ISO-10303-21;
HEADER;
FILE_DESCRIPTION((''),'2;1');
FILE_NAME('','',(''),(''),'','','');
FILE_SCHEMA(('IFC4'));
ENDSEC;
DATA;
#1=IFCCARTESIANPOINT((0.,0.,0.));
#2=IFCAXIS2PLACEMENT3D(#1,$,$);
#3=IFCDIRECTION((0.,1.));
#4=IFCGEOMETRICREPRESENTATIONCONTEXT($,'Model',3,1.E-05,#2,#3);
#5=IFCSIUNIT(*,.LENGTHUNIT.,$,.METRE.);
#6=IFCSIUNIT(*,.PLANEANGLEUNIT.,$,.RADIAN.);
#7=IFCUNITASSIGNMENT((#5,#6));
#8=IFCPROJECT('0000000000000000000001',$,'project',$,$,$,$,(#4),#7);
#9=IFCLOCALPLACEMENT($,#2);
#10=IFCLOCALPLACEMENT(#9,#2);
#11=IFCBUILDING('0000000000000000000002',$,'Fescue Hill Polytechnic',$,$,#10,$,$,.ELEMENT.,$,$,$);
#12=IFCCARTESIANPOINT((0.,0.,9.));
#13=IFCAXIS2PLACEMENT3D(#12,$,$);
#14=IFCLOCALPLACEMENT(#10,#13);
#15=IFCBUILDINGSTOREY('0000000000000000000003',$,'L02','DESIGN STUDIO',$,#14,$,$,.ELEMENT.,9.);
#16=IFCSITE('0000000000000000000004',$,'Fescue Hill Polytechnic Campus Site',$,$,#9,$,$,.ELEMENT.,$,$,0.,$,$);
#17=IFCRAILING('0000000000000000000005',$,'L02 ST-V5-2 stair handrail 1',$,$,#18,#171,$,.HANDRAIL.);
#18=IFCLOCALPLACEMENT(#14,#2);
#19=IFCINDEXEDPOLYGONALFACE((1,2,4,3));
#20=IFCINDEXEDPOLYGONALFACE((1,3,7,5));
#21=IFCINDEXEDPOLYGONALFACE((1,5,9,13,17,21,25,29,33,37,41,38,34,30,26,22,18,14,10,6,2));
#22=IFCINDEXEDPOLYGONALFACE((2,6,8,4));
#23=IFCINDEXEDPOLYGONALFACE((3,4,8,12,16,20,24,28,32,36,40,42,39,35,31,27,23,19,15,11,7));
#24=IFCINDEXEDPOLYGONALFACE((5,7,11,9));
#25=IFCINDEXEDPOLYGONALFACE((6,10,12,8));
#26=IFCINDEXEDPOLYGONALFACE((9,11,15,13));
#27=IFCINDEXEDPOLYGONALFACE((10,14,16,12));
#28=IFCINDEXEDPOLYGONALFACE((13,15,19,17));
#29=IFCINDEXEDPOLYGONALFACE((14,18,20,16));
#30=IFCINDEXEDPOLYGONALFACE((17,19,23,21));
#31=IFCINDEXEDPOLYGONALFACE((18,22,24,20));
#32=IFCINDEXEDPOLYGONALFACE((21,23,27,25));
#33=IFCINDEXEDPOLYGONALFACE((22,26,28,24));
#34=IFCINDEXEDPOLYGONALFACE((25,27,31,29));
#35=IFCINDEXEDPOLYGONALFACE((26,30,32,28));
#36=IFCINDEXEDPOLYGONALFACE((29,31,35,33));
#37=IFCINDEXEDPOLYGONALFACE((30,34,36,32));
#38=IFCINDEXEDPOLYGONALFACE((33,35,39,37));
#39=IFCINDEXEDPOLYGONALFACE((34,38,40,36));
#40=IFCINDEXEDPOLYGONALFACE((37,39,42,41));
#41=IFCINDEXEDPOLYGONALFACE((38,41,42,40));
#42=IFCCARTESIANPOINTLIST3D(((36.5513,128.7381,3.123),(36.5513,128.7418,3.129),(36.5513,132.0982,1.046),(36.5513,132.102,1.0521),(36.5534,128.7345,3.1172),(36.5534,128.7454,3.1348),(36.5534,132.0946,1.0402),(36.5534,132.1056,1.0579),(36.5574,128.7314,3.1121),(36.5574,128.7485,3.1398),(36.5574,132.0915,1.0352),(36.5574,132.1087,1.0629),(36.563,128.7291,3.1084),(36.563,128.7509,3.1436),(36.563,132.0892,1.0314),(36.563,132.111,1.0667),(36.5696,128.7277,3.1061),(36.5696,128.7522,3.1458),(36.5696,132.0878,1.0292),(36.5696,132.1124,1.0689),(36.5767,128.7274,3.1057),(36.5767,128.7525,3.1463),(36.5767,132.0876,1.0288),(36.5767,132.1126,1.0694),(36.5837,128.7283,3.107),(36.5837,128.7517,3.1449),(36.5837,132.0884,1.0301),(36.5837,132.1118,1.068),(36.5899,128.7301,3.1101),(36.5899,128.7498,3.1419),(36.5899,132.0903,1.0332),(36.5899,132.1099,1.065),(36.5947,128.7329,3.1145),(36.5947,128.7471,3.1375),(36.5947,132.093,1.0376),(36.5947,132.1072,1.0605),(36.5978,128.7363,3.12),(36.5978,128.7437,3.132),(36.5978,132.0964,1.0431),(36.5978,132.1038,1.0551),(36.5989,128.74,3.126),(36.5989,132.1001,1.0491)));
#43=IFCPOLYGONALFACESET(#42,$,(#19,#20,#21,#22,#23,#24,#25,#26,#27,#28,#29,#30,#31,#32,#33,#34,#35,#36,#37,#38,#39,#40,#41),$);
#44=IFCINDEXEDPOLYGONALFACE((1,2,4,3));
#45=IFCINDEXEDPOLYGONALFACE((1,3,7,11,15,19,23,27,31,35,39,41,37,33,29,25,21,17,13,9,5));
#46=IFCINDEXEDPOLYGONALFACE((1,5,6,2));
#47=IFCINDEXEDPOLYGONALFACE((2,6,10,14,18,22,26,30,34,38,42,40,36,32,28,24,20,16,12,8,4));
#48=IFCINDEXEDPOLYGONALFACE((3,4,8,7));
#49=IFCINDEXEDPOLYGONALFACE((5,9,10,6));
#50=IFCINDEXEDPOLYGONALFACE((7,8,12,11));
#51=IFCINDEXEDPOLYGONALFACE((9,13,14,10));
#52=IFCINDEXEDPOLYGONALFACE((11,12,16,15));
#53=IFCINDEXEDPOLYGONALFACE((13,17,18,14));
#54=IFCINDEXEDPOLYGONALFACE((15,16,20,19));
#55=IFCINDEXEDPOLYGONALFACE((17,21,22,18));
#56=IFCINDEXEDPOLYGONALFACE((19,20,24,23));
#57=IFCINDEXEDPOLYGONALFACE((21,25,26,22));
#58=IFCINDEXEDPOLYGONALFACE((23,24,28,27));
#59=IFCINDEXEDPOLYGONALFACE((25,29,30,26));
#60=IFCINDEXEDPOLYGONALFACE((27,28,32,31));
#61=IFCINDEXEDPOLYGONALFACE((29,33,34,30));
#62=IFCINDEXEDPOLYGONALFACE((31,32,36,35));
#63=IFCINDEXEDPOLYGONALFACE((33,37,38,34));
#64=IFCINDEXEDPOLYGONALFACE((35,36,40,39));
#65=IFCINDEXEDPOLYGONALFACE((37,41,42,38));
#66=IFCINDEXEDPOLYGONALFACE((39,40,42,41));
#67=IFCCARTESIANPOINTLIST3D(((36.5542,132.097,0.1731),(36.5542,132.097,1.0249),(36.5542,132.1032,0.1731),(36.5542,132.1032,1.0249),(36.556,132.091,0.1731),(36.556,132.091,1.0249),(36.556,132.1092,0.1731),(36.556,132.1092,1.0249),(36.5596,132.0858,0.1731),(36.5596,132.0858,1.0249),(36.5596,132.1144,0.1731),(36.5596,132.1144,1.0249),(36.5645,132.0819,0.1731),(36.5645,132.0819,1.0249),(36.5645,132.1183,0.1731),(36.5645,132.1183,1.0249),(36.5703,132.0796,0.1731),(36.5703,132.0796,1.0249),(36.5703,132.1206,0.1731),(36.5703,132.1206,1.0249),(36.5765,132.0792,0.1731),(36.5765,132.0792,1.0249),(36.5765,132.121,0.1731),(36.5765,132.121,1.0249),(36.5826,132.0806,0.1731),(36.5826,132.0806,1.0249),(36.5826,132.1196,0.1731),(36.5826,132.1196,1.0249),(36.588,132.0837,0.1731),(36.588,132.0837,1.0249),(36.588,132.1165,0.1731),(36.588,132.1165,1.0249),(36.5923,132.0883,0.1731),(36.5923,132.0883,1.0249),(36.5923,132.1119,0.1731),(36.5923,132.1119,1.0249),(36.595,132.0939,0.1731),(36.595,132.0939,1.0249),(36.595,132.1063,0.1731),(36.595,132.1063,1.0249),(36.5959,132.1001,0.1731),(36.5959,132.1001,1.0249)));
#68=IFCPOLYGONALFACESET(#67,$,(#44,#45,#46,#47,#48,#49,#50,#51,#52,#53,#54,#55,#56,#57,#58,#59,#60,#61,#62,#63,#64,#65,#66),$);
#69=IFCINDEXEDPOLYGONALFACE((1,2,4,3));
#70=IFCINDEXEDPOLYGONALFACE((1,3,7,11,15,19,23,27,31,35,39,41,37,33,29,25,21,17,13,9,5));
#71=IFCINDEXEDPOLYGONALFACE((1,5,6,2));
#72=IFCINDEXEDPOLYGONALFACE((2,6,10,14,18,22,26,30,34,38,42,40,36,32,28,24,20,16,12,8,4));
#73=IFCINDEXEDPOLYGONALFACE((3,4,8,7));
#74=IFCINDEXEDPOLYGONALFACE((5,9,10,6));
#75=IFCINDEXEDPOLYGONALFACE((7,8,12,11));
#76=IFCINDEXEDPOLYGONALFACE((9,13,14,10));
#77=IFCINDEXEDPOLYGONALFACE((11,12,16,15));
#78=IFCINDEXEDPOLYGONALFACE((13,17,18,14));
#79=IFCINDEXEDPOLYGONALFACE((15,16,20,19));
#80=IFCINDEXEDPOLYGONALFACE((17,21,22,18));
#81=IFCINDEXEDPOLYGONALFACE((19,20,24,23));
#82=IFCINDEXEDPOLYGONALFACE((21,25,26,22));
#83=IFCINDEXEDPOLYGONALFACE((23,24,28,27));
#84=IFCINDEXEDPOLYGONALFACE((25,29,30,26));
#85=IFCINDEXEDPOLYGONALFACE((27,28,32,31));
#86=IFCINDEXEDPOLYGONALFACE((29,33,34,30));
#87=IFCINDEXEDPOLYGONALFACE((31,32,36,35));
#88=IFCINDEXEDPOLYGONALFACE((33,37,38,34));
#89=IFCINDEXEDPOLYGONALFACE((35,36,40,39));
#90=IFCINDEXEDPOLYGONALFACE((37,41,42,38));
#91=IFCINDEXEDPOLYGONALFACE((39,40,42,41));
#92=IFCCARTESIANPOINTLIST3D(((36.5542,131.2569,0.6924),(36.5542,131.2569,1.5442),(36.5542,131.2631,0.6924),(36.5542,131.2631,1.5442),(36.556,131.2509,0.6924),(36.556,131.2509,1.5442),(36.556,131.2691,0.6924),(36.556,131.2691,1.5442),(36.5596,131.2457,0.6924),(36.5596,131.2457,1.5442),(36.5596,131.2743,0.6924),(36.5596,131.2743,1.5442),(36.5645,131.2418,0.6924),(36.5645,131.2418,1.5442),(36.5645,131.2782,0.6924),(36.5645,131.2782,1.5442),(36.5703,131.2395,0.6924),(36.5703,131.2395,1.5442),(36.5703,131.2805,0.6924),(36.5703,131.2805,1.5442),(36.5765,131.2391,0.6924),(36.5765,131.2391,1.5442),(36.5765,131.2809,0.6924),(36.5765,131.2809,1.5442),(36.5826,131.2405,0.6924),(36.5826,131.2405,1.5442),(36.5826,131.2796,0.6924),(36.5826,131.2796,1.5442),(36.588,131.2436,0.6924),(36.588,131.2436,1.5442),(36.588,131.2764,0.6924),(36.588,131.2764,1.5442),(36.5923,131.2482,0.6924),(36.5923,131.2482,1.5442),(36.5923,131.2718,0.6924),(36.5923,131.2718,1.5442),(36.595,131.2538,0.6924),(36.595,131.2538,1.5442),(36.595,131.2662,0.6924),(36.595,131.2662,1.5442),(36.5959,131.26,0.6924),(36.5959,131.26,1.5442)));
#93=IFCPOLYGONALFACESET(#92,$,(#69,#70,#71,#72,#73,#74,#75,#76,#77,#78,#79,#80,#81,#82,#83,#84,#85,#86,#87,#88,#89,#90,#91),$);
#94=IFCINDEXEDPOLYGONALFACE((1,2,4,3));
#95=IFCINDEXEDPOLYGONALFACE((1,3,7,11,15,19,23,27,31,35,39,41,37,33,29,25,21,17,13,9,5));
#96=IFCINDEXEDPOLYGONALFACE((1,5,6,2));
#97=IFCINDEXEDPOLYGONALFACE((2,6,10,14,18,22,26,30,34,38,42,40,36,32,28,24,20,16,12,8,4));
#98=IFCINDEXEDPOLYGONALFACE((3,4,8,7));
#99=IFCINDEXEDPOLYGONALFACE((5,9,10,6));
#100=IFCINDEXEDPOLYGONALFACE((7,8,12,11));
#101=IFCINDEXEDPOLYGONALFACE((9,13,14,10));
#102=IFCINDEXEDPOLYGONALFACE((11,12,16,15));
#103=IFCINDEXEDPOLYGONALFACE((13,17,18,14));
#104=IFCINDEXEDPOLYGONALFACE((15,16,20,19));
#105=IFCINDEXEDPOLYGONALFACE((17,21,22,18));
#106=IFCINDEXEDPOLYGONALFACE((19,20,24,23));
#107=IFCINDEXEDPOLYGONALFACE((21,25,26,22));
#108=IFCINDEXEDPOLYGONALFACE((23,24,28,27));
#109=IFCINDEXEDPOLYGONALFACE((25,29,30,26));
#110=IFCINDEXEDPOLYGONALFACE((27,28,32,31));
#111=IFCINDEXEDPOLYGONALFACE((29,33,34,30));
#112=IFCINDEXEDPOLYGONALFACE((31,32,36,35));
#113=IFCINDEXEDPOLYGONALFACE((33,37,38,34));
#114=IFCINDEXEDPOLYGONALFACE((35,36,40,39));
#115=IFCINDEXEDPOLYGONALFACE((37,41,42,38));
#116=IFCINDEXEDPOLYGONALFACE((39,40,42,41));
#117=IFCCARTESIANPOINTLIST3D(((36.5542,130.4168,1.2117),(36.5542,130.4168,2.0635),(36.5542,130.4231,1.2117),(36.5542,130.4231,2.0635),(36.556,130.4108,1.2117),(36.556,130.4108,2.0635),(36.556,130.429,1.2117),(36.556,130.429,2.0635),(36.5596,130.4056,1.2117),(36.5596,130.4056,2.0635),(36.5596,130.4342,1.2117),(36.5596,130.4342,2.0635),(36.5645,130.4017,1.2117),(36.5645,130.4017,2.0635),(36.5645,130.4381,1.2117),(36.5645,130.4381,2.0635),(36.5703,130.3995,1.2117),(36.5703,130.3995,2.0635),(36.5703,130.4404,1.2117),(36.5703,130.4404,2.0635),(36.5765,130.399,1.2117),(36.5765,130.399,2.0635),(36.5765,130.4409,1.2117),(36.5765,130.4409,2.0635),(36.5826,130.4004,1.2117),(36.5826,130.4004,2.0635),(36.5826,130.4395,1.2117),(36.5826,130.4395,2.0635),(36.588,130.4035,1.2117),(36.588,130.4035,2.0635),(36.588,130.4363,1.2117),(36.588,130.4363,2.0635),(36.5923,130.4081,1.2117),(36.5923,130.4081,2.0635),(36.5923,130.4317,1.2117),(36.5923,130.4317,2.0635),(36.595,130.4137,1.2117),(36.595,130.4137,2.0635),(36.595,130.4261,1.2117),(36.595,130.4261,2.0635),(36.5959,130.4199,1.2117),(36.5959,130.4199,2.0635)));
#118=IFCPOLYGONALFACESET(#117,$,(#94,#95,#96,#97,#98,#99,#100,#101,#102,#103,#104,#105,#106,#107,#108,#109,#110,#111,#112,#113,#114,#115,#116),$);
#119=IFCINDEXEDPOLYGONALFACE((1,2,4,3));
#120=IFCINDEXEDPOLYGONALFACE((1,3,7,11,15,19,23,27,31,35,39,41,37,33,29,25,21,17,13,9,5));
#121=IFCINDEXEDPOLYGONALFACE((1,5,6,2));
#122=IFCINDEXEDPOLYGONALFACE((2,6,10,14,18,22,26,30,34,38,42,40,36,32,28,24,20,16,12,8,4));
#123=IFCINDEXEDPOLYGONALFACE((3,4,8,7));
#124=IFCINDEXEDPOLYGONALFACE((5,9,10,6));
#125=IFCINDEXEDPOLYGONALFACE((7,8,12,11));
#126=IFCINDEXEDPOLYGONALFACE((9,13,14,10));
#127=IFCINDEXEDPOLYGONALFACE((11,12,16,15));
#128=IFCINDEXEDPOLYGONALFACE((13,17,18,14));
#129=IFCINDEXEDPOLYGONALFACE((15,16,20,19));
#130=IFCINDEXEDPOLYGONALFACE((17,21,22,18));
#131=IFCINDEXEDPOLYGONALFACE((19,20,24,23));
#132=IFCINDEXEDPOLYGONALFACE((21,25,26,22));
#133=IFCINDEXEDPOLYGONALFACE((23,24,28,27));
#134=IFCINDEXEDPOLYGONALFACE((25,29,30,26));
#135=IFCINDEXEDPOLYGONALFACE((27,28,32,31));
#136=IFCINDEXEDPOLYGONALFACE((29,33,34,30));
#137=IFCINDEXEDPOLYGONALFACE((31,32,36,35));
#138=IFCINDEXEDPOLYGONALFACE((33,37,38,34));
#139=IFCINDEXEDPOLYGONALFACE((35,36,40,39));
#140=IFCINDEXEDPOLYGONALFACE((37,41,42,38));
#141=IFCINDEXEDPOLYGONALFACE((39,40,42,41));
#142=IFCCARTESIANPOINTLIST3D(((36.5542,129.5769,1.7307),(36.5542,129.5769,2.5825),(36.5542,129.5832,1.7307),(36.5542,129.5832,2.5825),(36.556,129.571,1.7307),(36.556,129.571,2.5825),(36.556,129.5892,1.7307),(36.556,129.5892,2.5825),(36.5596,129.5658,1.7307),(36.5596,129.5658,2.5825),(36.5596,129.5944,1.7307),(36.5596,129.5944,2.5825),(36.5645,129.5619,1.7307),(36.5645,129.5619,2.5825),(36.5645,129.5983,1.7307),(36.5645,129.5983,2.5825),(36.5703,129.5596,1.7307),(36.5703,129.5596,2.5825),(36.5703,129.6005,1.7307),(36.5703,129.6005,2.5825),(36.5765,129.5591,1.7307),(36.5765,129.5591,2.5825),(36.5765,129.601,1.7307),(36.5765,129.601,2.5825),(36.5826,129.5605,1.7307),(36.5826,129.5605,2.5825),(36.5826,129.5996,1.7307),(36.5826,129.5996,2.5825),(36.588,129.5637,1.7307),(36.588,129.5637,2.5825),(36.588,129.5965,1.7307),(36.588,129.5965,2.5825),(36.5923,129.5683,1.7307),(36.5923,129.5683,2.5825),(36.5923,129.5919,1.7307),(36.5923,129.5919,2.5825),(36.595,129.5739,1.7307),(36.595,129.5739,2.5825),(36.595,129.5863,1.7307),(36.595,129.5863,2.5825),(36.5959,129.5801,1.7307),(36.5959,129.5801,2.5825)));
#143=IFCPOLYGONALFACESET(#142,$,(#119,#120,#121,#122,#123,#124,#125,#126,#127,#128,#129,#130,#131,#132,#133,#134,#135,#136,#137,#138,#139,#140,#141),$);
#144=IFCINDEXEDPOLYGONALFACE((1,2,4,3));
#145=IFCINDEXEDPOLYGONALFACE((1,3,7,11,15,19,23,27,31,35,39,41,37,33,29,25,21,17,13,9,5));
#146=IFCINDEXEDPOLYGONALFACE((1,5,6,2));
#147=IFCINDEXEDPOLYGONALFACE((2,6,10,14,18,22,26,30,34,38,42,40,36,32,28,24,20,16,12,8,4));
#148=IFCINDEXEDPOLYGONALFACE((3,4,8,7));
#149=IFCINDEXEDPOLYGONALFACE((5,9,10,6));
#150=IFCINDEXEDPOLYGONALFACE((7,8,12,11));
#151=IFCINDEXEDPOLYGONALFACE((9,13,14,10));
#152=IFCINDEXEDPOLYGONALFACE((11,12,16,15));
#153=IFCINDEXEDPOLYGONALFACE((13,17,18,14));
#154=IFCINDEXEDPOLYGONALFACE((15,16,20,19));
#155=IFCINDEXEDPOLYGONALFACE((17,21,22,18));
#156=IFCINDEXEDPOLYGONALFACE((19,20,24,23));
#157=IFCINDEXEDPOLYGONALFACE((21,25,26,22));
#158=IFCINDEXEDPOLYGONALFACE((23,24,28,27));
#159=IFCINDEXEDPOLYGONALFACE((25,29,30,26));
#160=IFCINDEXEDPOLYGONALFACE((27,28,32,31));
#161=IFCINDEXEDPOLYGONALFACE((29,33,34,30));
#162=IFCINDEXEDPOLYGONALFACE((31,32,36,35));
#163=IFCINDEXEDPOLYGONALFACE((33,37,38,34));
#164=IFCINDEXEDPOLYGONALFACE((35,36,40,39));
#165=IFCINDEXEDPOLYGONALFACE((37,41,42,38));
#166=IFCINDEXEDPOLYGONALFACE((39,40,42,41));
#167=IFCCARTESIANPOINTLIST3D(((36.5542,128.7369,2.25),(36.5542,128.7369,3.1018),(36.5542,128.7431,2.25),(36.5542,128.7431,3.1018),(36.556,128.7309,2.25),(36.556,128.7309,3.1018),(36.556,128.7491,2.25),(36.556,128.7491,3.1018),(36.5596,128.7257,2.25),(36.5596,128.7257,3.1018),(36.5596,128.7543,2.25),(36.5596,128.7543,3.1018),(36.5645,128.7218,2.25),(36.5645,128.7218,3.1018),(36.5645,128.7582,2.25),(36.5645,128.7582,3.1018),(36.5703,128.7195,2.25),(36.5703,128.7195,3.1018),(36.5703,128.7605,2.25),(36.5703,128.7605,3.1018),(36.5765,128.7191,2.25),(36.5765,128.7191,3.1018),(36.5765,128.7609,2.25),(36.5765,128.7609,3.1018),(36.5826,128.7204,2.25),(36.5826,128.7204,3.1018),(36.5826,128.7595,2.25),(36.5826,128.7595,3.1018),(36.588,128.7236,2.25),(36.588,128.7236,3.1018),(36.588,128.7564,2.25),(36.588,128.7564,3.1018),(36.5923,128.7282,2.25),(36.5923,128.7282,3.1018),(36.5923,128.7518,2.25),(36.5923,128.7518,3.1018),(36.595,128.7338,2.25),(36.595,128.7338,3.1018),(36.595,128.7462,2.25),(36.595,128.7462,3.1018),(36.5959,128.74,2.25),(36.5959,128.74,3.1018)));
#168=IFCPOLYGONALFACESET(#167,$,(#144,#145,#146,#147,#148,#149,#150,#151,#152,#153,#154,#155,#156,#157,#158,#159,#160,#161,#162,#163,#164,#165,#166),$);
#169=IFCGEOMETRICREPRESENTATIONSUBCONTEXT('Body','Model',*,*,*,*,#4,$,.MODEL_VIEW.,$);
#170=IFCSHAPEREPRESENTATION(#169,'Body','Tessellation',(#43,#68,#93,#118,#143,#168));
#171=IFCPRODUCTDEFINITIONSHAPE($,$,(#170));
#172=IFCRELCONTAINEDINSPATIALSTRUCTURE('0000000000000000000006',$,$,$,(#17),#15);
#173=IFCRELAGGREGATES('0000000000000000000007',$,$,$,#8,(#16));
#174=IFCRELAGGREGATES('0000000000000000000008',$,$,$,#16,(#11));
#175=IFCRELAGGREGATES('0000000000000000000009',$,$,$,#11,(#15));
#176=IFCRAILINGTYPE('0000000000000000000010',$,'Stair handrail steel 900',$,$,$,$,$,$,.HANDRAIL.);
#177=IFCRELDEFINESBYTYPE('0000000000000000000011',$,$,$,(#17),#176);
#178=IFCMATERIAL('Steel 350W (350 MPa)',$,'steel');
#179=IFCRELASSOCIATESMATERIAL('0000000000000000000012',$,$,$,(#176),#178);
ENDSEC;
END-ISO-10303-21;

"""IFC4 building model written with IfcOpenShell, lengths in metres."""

from ifc_helpers import new_model, si_unit, direction, frame, origin, origin_2d, place, context, subcontext, project, spatial, circle, extrude, material, type_object, element, save


model = new_model("IFC4")

# Units and contexts
model_context = context("Model", 3, precision=1e-05, world=origin(), true_north=direction((0.0, 1.0)))
body_context = subcontext(model_context, "Body", "Model", "MODEL_VIEW")
ifc_project = project(units=[si_unit("LENGTHUNIT", "METRE"), si_unit("PLANEANGLEUNIT", "RADIAN")], contexts=[model_context])

# Site, building, storey
site_placement = place(None, origin())
site = spatial("IfcSite", under=ifc_project, at=site_placement, Name="Fescue Hill Polytechnic Campus Site", CompositionType="ELEMENT", RefElevation=0.0)
building_placement = place(site_placement, origin())
building = spatial("IfcBuilding", under=site, at=building_placement, Name="Fescue Hill Polytechnic", CompositionType="ELEMENT")
storey_placement = place(building_placement, frame((0.0, 0.0, 9.0)))
storey = spatial("IfcBuildingStorey", under=building, at=storey_placement, Name="L02", Description="DESIGN STUDIO", CompositionType="ELEMENT", Elevation=9.0)

# Railing
ifc_material_1 = material(Name="Steel 350W (350 MPa)", Category="steel")
railing_type_1 = type_object("IfcRailingType", Name="Stair handrail steel 900", PredefinedType="HANDRAIL", material=ifc_material_1)
railing_1_placement = place(storey_placement, frame((36.575, 132.1001, 0.1731)))
element("IfcRailing", 1, at=railing_1_placement, inside=storey, type_object=railing_type_1, Name="L02 ST-V5-2 stair handrail 1", PredefinedType="HANDRAIL", context=body_context, shape_type="SweptSolid", body=[
    extrude(circle(Radius=0.0239, at=origin_2d()), frame((0.0, 0.0, 0.876), z_axis=(0.0, -0.850623, 0.525776), x_axis=(1.0, 0.0, 0.0)), (0.0, 0.0, 1.0), 3.9502),
    extrude(circle(Radius=0.021, at=origin_2d()), origin(), (0.0, 0.0, 1.0), 0.8518),
    extrude(circle(Radius=0.021, at=origin_2d()), frame((0.0, -0.8401, 0.5193)), (0.0, 0.0, 1.0), 0.8518),
    extrude(circle(Radius=0.021, at=origin_2d()), frame((0.0, -1.6802, 1.0386)), (0.0, 0.0, 1.0), 0.8518),
    extrude(circle(Radius=0.021, at=origin_2d()), frame((0.0, -2.52, 1.5576)), (0.0, 0.0, 1.0), 0.8518),
    extrude(circle(Radius=0.021, at=origin_2d()), frame((0.0, -3.3601, 2.0769)), (0.0, 0.0, 1.0), 0.8518),
])

save(model, "model.ifc")
